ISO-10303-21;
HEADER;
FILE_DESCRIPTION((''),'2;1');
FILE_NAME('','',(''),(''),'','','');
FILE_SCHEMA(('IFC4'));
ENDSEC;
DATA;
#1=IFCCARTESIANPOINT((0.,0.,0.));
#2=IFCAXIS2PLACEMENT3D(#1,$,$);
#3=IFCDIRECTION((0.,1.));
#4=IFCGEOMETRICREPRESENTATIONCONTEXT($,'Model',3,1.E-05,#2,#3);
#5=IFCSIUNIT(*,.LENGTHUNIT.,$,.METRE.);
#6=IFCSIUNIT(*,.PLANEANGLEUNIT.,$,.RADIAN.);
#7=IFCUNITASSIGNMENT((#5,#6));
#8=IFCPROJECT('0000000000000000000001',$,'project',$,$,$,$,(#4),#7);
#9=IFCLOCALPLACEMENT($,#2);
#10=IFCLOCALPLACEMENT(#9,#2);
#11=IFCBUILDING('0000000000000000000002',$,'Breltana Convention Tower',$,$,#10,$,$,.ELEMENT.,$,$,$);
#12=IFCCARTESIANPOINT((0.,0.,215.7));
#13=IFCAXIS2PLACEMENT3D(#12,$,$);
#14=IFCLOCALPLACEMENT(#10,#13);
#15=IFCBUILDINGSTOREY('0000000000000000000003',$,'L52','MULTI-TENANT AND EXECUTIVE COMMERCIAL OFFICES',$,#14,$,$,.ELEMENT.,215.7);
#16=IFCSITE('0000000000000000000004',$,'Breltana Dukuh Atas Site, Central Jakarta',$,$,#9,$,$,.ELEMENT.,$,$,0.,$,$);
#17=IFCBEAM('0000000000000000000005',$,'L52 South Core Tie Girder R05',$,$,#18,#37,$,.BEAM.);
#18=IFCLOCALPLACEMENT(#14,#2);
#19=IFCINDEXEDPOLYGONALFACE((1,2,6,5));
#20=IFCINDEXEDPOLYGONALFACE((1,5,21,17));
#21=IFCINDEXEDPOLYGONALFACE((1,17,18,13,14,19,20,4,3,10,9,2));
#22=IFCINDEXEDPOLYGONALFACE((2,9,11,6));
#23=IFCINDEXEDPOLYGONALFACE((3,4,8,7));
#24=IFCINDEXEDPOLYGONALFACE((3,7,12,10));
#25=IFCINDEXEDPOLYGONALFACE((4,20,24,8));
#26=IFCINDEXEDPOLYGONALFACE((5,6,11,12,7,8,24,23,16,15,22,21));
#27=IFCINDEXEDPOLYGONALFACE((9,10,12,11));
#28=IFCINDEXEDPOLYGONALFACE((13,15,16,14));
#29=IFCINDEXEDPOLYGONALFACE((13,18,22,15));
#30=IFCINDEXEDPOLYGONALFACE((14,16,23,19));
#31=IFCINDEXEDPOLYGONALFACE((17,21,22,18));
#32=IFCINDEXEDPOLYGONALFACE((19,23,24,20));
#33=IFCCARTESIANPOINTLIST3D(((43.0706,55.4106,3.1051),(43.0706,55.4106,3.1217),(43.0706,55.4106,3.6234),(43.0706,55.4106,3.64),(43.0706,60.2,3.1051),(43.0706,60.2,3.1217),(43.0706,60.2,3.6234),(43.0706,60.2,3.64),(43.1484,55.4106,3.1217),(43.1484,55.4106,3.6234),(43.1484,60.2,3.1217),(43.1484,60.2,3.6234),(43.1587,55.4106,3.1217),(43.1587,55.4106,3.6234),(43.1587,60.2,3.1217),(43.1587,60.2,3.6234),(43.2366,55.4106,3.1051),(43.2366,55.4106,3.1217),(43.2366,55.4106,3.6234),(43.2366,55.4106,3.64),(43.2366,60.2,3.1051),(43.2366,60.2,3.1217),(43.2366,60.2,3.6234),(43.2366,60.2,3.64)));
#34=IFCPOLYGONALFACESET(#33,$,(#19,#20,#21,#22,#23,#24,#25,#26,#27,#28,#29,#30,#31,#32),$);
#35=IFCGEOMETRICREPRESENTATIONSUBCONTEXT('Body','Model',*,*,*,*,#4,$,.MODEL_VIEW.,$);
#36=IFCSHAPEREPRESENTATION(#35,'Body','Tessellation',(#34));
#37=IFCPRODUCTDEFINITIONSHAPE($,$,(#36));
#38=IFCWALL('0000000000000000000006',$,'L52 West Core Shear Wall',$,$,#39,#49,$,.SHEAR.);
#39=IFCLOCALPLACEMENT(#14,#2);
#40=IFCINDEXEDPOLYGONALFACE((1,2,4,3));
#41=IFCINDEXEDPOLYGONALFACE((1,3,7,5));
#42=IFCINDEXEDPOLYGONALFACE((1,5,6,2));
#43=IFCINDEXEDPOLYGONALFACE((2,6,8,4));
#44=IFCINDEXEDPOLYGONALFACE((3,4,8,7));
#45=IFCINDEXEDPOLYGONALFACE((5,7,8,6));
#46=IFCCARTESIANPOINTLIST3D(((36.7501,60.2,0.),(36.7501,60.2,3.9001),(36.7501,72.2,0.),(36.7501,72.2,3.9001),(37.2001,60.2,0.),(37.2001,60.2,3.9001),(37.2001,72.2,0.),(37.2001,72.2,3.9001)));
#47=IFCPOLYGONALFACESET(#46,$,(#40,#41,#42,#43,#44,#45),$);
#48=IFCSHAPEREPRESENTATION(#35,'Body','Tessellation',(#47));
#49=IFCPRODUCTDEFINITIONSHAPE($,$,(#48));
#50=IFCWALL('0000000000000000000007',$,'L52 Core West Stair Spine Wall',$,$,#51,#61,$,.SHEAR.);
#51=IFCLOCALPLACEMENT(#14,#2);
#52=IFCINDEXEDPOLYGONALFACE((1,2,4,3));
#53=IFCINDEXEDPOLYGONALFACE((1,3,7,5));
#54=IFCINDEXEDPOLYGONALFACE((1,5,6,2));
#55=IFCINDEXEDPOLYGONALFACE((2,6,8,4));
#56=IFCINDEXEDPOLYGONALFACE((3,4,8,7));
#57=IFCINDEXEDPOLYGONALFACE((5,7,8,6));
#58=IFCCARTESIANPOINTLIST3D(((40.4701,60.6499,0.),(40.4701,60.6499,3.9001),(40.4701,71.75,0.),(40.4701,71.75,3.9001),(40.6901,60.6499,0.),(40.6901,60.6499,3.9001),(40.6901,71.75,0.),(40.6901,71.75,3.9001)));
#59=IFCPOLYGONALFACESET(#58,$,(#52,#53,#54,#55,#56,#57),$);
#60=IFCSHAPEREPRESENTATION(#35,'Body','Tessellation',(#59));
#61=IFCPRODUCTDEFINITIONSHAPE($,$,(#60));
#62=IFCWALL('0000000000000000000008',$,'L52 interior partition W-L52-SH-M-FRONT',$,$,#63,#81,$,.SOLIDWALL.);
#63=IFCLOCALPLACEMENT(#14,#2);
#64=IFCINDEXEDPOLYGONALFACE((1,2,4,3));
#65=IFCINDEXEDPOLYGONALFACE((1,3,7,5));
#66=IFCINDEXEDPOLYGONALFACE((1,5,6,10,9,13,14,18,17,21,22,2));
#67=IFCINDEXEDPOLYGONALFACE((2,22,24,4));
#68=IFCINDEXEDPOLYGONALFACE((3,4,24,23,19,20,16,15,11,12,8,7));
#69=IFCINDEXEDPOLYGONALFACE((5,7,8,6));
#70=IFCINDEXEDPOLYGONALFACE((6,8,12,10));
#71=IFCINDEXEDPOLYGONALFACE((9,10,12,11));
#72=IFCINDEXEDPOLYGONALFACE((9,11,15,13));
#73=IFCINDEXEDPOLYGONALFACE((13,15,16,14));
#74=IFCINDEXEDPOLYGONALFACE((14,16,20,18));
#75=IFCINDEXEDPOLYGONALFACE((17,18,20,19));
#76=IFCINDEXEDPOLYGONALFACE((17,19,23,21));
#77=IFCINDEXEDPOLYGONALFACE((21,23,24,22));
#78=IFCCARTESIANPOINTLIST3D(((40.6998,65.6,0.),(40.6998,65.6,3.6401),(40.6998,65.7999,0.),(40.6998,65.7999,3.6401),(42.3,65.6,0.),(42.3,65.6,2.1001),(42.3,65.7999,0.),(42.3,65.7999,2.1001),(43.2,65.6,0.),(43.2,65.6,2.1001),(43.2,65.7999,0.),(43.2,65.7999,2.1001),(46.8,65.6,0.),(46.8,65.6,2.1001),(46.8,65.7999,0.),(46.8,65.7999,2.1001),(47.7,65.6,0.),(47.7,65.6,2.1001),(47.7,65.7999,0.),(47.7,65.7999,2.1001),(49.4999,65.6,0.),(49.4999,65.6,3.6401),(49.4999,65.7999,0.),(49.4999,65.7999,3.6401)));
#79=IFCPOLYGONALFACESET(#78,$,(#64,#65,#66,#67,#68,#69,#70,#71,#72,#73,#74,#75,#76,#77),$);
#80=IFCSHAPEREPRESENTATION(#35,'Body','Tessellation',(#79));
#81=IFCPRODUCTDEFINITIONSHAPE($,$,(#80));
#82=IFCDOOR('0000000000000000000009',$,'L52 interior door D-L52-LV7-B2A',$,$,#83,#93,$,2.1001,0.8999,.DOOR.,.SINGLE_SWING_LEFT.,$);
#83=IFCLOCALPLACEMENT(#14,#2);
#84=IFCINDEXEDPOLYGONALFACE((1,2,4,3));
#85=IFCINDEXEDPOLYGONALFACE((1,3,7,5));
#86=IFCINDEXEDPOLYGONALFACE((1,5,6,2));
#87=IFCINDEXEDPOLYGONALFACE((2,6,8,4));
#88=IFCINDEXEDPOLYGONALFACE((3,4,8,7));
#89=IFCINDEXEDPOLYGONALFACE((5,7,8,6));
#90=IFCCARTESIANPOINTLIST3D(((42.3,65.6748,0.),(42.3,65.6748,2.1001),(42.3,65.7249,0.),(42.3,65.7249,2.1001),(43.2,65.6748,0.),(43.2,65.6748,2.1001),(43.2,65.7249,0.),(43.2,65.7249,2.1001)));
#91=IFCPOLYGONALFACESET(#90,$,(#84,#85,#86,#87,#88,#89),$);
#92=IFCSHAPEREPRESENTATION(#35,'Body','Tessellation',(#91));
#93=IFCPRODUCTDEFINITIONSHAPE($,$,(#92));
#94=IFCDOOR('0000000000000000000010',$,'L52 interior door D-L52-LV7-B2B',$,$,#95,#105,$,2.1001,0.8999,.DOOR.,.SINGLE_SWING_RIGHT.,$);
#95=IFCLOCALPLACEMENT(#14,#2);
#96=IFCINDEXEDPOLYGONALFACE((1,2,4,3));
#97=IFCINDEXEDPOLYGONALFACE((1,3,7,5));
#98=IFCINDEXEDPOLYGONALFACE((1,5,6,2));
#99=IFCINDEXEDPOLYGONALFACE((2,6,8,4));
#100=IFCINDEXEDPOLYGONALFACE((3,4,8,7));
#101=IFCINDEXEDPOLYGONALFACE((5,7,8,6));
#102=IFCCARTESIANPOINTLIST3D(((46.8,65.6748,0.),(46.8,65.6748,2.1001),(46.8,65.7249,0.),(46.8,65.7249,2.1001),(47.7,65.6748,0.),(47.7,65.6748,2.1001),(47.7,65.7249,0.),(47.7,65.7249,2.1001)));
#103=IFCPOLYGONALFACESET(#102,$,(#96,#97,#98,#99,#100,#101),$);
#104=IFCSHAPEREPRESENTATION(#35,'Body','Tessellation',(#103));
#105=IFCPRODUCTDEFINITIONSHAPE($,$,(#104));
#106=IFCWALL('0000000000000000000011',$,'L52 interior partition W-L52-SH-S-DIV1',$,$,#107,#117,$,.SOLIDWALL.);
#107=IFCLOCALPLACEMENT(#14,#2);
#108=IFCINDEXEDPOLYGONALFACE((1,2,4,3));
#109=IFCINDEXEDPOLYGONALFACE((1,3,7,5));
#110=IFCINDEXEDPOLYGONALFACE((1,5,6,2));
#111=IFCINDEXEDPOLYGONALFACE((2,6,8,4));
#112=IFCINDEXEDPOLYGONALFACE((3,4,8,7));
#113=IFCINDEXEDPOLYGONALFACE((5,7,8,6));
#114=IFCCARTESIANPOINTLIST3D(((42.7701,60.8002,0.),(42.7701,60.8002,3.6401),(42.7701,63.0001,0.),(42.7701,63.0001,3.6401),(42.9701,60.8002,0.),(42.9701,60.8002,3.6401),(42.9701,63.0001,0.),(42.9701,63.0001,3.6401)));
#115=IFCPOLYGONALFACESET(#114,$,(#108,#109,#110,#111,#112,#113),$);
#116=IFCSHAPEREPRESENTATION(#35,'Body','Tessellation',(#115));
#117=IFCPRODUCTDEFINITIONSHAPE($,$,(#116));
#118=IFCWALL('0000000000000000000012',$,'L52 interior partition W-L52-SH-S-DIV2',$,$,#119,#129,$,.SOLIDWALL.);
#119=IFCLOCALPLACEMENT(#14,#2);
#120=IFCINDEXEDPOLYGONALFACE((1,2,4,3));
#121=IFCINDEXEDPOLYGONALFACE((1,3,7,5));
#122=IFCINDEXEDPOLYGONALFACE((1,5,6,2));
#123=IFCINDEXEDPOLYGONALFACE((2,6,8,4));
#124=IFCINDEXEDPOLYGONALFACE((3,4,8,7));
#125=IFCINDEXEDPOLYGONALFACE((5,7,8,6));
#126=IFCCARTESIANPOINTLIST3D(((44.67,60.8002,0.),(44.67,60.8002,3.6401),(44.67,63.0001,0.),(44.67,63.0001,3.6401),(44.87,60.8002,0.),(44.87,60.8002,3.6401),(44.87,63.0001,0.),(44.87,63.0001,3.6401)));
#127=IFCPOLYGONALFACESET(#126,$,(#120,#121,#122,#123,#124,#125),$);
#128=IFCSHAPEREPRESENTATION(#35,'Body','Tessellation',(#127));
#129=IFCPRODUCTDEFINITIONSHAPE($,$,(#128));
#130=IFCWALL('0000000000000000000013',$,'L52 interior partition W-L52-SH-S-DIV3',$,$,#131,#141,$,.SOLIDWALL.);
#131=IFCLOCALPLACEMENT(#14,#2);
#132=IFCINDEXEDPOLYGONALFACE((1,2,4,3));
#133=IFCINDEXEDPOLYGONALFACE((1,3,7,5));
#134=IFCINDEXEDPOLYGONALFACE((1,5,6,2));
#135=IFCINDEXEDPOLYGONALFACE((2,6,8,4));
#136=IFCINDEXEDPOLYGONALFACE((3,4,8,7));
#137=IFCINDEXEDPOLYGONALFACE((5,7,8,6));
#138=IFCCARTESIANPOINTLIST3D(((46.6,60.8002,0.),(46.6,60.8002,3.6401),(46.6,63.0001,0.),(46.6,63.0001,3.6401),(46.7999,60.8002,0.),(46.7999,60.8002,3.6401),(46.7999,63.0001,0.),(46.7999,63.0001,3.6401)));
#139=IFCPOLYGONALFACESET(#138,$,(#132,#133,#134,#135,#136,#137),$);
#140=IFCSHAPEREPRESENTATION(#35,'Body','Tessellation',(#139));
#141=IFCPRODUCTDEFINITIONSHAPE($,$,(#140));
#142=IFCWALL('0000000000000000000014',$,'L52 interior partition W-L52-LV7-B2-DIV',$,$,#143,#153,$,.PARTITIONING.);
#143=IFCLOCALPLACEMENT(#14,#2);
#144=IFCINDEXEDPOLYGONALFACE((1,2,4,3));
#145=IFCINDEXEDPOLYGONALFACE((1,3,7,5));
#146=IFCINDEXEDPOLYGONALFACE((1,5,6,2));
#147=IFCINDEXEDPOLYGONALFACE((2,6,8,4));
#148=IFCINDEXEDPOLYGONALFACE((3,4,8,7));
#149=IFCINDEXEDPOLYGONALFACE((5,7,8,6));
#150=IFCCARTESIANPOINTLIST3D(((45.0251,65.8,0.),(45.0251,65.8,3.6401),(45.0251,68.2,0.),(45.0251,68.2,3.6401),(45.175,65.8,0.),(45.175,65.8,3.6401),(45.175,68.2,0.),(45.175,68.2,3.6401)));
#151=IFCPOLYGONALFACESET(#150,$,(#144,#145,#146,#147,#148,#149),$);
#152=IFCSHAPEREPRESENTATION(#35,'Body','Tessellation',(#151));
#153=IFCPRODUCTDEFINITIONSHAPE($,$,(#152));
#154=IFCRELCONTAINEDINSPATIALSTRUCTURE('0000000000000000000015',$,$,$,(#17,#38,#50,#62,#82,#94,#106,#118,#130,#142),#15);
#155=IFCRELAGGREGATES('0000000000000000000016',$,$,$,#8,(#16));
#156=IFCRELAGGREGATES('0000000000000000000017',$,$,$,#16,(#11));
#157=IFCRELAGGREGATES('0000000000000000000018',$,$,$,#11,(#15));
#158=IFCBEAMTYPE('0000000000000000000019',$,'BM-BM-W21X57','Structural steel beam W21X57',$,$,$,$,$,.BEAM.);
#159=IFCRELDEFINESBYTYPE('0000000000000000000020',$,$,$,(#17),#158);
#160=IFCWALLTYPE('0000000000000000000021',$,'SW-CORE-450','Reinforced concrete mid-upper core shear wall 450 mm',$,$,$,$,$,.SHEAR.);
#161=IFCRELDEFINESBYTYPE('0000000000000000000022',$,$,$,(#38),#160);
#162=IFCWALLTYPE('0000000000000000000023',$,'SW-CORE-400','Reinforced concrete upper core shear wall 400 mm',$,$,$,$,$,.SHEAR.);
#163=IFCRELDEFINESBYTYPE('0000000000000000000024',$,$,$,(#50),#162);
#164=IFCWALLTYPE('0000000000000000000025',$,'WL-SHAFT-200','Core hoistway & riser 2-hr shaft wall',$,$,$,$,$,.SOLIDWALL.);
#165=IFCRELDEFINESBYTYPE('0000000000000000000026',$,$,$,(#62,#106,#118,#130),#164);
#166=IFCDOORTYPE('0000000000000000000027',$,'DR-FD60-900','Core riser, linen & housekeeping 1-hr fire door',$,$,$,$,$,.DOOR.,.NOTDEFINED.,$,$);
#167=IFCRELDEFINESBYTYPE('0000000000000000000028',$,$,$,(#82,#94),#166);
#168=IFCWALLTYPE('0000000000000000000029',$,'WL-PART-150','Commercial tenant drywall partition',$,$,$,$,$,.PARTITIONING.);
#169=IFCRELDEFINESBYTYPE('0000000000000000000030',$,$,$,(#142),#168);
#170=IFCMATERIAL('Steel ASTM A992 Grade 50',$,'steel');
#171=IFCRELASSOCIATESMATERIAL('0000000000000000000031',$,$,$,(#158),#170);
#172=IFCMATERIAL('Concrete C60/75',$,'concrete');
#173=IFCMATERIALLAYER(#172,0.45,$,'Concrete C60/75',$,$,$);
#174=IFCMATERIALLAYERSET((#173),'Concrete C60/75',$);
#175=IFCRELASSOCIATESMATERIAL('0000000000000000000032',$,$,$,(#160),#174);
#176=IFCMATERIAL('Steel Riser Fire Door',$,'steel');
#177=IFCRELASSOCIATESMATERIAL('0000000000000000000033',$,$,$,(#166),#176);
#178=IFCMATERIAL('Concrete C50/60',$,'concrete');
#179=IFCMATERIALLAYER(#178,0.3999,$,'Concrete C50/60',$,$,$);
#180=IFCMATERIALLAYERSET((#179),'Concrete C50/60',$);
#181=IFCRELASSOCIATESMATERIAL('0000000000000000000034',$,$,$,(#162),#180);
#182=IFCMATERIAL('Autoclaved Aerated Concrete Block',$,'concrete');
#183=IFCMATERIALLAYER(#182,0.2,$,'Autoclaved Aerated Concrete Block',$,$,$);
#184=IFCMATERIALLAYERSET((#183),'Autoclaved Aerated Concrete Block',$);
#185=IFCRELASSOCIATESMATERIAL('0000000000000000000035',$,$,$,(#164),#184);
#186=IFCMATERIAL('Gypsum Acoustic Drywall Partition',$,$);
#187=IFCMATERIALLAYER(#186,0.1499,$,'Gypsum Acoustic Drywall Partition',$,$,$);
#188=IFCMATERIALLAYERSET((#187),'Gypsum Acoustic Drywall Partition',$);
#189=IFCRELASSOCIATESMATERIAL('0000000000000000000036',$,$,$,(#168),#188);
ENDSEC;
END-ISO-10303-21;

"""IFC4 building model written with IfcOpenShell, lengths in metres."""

from ifc_helpers import new_model, si_unit, direction, frame, frame_2d, origin, origin_2d, place, context, subcontext, project, spatial, rectangle, i_section, extrude, source, transform, mapped, material, layer, layer_set, material_profile, profile_set, type_object, type_shapes, element, fill, save


model = new_model("IFC4")

# Units and contexts
model_context = context("Model", 3, precision=1e-05, world=origin(), true_north=direction((0.0, 1.0)))
body_context = subcontext(model_context, "Body", "Model", "MODEL_VIEW")
ifc_project = project(units=[si_unit("LENGTHUNIT", "METRE"), si_unit("PLANEANGLEUNIT", "RADIAN")], contexts=[model_context])

# Site, building, storey
site_placement = place(None, origin())
site = spatial("IfcSite", under=ifc_project, at=site_placement, Name="Breltana Dukuh Atas Site, Central Jakarta", CompositionType="ELEMENT", RefElevation=0.0)
building_placement = place(site_placement, origin())
building = spatial("IfcBuilding", under=site, at=building_placement, Name="Breltana Convention Tower", CompositionType="ELEMENT")
storey_placement = place(building_placement, frame((0.0, 0.0, 215.7)))
storey = spatial("IfcBuildingStorey", under=building, at=storey_placement, Name="L52", Description="MULTI-TENANT AND EXECUTIVE COMMERCIAL OFFICES", CompositionType="ELEMENT", Elevation=215.7)

# Beam
ifc_material_1 = material(Name="Steel ASTM A992 Grade 50", Category="steel")
ifc_material_profile = material_profile(ifc_material_1, i_section(OverallWidth=0.166, OverallDepth=0.5349, WebThickness=0.0103, FlangeThickness=0.0166, at=origin_2d()), Name="W21X57")
ifc_profile_set = profile_set([ifc_material_profile], Name="Steel ASTM A992 Grade 50")
beam_type = type_object("IfcBeamType", Name="BM-BM-W21X57", Description="Structural steel beam W21X57", PredefinedType="BEAM", material=ifc_profile_set)
shared_shape_1 = source(origin(), body_context, "Body", "SweptSolid", [
    extrude(i_section(OverallWidth=0.166, OverallDepth=0.5349, WebThickness=0.0103, FlangeThickness=0.0166, at=origin_2d()), origin(), (0.0, 0.0, 1.0), 4.7893),
])
beam_placement = place(storey_placement, frame((43.1536, 60.2, 3.3726), z_axis=(0.0, -1.0, 0.0), x_axis=(1.0, 0.0, 0.0)))
element("IfcBeam", 1, at=beam_placement, inside=storey, type_object=beam_type, Name="L52 South Core Tie Girder R05", PredefinedType="BEAM", context=body_context, shape_type="MappedRepresentation", body=[
    mapped(shared_shape_1, transform((0.0, 0.0, 0.0), scale=1.0)),
])

# Wall
ifc_material_2 = material(Name="Concrete C60/75", Category="concrete")
ifc_layer_1 = layer(ifc_material_2, 0.45, Name="Concrete C60/75")
ifc_layer_set_1 = layer_set([ifc_layer_1], Name="Concrete C60/75")
wall_type_1 = type_object("IfcWallType", Name="SW-CORE-450", Description="Reinforced concrete mid-upper core shear wall 450 mm", PredefinedType="SHEAR", material=ifc_layer_set_1)
shared_shape_2 = source(origin(), body_context, "Body", "SweptSolid", [
    extrude(rectangle(XDim=12.0, YDim=0.45, at=frame_2d((6.0, 0.0))), origin(), (0.0, 0.0, 1.0), 3.9001),
])
wall_1_placement = place(storey_placement, frame((36.9751, 60.2, 0.0), z_axis=(0.0, 0.0, 1.0), x_axis=(0.0, 1.0, 0.0)))
element("IfcWall", 2, at=wall_1_placement, inside=storey, type_object=wall_type_1, Name="L52 West Core Shear Wall", PredefinedType="SHEAR", context=body_context, shape_type="MappedRepresentation", body=[
    mapped(shared_shape_2, transform((0.0, 0.0, 0.0), scale=1.0)),
])

# Shared definitions
ifc_material_3 = material(Name="Steel Riser Fire Door", Category="steel")
door_type_1 = type_object("IfcDoorType", Name="DR-FD60-900", Description="Core riser, linen & housekeeping 1-hr fire door", OperationType="NOTDEFINED", PredefinedType="DOOR", material=ifc_material_3)
shared_shape_3 = source(origin(), body_context, "Body", "SweptSolid", [
    extrude(rectangle(XDim=0.8999, YDim=2.1001, at=frame_2d((0.45, 1.05))), frame((0.0, 0.0249, 0.0), z_axis=(0.0, -1.0, 0.0), x_axis=(1.0, 0.0, 0.0)), (0.0, 0.0, 1.0), 0.05),
])
type_shapes(door_type_1, [shared_shape_3])

# Wall
ifc_material_4 = material(Name="Concrete C50/60", Category="concrete")
ifc_layer_2 = layer(ifc_material_4, 0.3999, Name="Concrete C50/60")
ifc_layer_set_2 = layer_set([ifc_layer_2], Name="Concrete C50/60")
wall_type_2 = type_object("IfcWallType", Name="SW-CORE-400", Description="Reinforced concrete upper core shear wall 400 mm", PredefinedType="SHEAR", material=ifc_layer_set_2)
shared_shape_4 = source(origin(), body_context, "Body", "SweptSolid", [
    extrude(rectangle(XDim=11.1001, YDim=0.22, at=frame_2d((5.55, 0.0))), origin(), (0.0, 0.0, 1.0), 3.9001),
])
wall_2_placement = place(storey_placement, frame((40.5801, 60.6499, 0.0), z_axis=(0.0, 0.0, 1.0), x_axis=(0.0, 1.0, 0.0)))
element("IfcWall", 3, at=wall_2_placement, inside=storey, type_object=wall_type_2, Name="L52 Core West Stair Spine Wall", PredefinedType="SHEAR", context=body_context, shape_type="MappedRepresentation", body=[
    mapped(shared_shape_4, transform((0.0, 0.0, 0.0), scale=1.0)),
])

# Wall, openings, doors
ifc_material_5 = material(Name="Autoclaved Aerated Concrete Block", Category="concrete")
ifc_layer_3 = layer(ifc_material_5, 0.2, Name="Autoclaved Aerated Concrete Block")
ifc_layer_set_3 = layer_set([ifc_layer_3], Name="Autoclaved Aerated Concrete Block")
wall_type_3 = type_object("IfcWallType", Name="WL-SHAFT-200", Description="Core hoistway & riser 2-hr shaft wall", PredefinedType="SOLIDWALL", material=ifc_layer_set_3)
shared_shape_5 = source(origin(), body_context, "Body", "SweptSolid", [
    extrude(rectangle(XDim=8.8, YDim=0.2, at=frame_2d((4.3999, 0.0))), origin(), (0.0, 0.0, 1.0), 3.6401),
])
wall_3_placement = place(storey_placement, frame((40.7, 65.7, 0.0), z_axis=(0.0, 0.0, 1.0), x_axis=(1.0, 0.0, 0.0)))
wall_3 = element("IfcWall", 4, at=wall_3_placement, inside=storey, type_object=wall_type_3, Name="L52 interior partition W-L52-SH-M-FRONT", PredefinedType="SOLIDWALL", context=body_context, shape_type="MappedRepresentation", body=[
    mapped(shared_shape_5, transform((0.0, 0.0, 0.0), scale=1.0)),
])
opening_1_placement = place(wall_3_placement, frame((1.6001, 0.0, 0.0)))
opening_1 = element("IfcOpeningElement", 5, at=opening_1_placement, cuts=wall_3, PredefinedType="OPENING", context=body_context, shape_type="SweptSolid", body=[
    extrude(rectangle(XDim=0.8999, YDim=2.1001, at=frame_2d((0.45, 1.05))), frame((0.0, 0.1099, 0.0), z_axis=(0.0, -1.0, 0.0), x_axis=(1.0, 0.0, 0.0)), (0.0, 0.0, 1.0), 0.22),
])
opening_2_placement = place(wall_3_placement, frame((6.1001, 0.0, 0.0)))
opening_2 = element("IfcOpeningElement", 6, at=opening_2_placement, cuts=wall_3, PredefinedType="OPENING", context=body_context, shape_type="SweptSolid", body=[
    extrude(rectangle(XDim=0.8999, YDim=2.1001, at=frame_2d((0.45, 1.05))), frame((0.0, 0.1099, 0.0), z_axis=(0.0, -1.0, 0.0), x_axis=(1.0, 0.0, 0.0)), (0.0, 0.0, 1.0), 0.22),
])
door_1_placement = place(opening_1_placement, origin())
door_1 = element("IfcDoor", 7, at=door_1_placement, inside=storey, type_object=door_type_1, Name="L52 interior door D-L52-LV7-B2A", OperationType="SINGLE_SWING_LEFT", OverallHeight=2.1001, OverallWidth=0.8999, PredefinedType="DOOR", context=body_context, shape_type="MappedRepresentation", body=[
    mapped(shared_shape_3, transform((0.0, 0.0, 0.0), scale=1.0)),
])
fill(opening_1, door_1)
door_2_placement = place(opening_2_placement, origin())
door_2 = element("IfcDoor", 8, at=door_2_placement, inside=storey, type_object=door_type_1, Name="L52 interior door D-L52-LV7-B2B", OperationType="SINGLE_SWING_RIGHT", OverallHeight=2.1001, OverallWidth=0.8999, PredefinedType="DOOR", context=body_context, shape_type="MappedRepresentation", body=[
    mapped(shared_shape_3, transform((0.0, 0.0, 0.0), scale=1.0)),
])
fill(opening_2, door_2)

# Walls
shared_shape_6 = source(origin(), body_context, "Body", "SweptSolid", [
    extrude(rectangle(XDim=2.2, YDim=0.2, at=frame_2d((1.1001, 0.0))), origin(), (0.0, 0.0, 1.0), 3.6401),
])
for number, where, z_axis, x_axis, name in (
    (9, (42.8701, 60.8, 0.0), (0.0, 0.0, 1.0), (0.0, 1.0, 0.0), "L52 interior partition W-L52-SH-S-DIV1"),
    (10, (44.77, 60.8, 0.0), (0.0, 0.0, 1.0), (0.0, 1.0, 0.0), "L52 interior partition W-L52-SH-S-DIV2"),
    (11, (46.7, 60.8, 0.0), (0.0, 0.0, 1.0), (0.0, 1.0, 0.0), "L52 interior partition W-L52-SH-S-DIV3"),
):
    element("IfcWall", number, at=place(storey_placement, frame(where, z_axis=z_axis, x_axis=x_axis)), inside=storey, type_object=wall_type_3, Name=name, PredefinedType="SOLIDWALL", context=body_context, shape_type="MappedRepresentation", body=[
        mapped(shared_shape_6, transform((0.0, 0.0, 0.0), scale=1.0)),
    ])
ifc_material_6 = material(Name="Gypsum Acoustic Drywall Partition")
ifc_layer_4 = layer(ifc_material_6, 0.1499, Name="Gypsum Acoustic Drywall Partition")
ifc_layer_set_4 = layer_set([ifc_layer_4], Name="Gypsum Acoustic Drywall Partition")
wall_type_4 = type_object("IfcWallType", Name="WL-PART-150", Description="Commercial tenant drywall partition", PredefinedType="PARTITIONING", material=ifc_layer_set_4)
shared_shape_7 = source(origin(), body_context, "Body", "SweptSolid", [
    extrude(rectangle(XDim=2.3999, YDim=0.1499, at=frame_2d((1.2, 0.0))), origin(), (0.0, 0.0, 1.0), 3.6401),
])
wall_4_placement = place(storey_placement, frame((45.1001, 65.8, 0.0), z_axis=(0.0, 0.0, 1.0), x_axis=(0.0, 1.0, 0.0)))
element("IfcWall", 12, at=wall_4_placement, inside=storey, type_object=wall_type_4, Name="L52 interior partition W-L52-LV7-B2-DIV", PredefinedType="PARTITIONING", context=body_context, shape_type="MappedRepresentation", body=[
    mapped(shared_shape_7, transform((0.0, 0.0, 0.0), scale=1.0)),
])

save(model, "model.ifc")
